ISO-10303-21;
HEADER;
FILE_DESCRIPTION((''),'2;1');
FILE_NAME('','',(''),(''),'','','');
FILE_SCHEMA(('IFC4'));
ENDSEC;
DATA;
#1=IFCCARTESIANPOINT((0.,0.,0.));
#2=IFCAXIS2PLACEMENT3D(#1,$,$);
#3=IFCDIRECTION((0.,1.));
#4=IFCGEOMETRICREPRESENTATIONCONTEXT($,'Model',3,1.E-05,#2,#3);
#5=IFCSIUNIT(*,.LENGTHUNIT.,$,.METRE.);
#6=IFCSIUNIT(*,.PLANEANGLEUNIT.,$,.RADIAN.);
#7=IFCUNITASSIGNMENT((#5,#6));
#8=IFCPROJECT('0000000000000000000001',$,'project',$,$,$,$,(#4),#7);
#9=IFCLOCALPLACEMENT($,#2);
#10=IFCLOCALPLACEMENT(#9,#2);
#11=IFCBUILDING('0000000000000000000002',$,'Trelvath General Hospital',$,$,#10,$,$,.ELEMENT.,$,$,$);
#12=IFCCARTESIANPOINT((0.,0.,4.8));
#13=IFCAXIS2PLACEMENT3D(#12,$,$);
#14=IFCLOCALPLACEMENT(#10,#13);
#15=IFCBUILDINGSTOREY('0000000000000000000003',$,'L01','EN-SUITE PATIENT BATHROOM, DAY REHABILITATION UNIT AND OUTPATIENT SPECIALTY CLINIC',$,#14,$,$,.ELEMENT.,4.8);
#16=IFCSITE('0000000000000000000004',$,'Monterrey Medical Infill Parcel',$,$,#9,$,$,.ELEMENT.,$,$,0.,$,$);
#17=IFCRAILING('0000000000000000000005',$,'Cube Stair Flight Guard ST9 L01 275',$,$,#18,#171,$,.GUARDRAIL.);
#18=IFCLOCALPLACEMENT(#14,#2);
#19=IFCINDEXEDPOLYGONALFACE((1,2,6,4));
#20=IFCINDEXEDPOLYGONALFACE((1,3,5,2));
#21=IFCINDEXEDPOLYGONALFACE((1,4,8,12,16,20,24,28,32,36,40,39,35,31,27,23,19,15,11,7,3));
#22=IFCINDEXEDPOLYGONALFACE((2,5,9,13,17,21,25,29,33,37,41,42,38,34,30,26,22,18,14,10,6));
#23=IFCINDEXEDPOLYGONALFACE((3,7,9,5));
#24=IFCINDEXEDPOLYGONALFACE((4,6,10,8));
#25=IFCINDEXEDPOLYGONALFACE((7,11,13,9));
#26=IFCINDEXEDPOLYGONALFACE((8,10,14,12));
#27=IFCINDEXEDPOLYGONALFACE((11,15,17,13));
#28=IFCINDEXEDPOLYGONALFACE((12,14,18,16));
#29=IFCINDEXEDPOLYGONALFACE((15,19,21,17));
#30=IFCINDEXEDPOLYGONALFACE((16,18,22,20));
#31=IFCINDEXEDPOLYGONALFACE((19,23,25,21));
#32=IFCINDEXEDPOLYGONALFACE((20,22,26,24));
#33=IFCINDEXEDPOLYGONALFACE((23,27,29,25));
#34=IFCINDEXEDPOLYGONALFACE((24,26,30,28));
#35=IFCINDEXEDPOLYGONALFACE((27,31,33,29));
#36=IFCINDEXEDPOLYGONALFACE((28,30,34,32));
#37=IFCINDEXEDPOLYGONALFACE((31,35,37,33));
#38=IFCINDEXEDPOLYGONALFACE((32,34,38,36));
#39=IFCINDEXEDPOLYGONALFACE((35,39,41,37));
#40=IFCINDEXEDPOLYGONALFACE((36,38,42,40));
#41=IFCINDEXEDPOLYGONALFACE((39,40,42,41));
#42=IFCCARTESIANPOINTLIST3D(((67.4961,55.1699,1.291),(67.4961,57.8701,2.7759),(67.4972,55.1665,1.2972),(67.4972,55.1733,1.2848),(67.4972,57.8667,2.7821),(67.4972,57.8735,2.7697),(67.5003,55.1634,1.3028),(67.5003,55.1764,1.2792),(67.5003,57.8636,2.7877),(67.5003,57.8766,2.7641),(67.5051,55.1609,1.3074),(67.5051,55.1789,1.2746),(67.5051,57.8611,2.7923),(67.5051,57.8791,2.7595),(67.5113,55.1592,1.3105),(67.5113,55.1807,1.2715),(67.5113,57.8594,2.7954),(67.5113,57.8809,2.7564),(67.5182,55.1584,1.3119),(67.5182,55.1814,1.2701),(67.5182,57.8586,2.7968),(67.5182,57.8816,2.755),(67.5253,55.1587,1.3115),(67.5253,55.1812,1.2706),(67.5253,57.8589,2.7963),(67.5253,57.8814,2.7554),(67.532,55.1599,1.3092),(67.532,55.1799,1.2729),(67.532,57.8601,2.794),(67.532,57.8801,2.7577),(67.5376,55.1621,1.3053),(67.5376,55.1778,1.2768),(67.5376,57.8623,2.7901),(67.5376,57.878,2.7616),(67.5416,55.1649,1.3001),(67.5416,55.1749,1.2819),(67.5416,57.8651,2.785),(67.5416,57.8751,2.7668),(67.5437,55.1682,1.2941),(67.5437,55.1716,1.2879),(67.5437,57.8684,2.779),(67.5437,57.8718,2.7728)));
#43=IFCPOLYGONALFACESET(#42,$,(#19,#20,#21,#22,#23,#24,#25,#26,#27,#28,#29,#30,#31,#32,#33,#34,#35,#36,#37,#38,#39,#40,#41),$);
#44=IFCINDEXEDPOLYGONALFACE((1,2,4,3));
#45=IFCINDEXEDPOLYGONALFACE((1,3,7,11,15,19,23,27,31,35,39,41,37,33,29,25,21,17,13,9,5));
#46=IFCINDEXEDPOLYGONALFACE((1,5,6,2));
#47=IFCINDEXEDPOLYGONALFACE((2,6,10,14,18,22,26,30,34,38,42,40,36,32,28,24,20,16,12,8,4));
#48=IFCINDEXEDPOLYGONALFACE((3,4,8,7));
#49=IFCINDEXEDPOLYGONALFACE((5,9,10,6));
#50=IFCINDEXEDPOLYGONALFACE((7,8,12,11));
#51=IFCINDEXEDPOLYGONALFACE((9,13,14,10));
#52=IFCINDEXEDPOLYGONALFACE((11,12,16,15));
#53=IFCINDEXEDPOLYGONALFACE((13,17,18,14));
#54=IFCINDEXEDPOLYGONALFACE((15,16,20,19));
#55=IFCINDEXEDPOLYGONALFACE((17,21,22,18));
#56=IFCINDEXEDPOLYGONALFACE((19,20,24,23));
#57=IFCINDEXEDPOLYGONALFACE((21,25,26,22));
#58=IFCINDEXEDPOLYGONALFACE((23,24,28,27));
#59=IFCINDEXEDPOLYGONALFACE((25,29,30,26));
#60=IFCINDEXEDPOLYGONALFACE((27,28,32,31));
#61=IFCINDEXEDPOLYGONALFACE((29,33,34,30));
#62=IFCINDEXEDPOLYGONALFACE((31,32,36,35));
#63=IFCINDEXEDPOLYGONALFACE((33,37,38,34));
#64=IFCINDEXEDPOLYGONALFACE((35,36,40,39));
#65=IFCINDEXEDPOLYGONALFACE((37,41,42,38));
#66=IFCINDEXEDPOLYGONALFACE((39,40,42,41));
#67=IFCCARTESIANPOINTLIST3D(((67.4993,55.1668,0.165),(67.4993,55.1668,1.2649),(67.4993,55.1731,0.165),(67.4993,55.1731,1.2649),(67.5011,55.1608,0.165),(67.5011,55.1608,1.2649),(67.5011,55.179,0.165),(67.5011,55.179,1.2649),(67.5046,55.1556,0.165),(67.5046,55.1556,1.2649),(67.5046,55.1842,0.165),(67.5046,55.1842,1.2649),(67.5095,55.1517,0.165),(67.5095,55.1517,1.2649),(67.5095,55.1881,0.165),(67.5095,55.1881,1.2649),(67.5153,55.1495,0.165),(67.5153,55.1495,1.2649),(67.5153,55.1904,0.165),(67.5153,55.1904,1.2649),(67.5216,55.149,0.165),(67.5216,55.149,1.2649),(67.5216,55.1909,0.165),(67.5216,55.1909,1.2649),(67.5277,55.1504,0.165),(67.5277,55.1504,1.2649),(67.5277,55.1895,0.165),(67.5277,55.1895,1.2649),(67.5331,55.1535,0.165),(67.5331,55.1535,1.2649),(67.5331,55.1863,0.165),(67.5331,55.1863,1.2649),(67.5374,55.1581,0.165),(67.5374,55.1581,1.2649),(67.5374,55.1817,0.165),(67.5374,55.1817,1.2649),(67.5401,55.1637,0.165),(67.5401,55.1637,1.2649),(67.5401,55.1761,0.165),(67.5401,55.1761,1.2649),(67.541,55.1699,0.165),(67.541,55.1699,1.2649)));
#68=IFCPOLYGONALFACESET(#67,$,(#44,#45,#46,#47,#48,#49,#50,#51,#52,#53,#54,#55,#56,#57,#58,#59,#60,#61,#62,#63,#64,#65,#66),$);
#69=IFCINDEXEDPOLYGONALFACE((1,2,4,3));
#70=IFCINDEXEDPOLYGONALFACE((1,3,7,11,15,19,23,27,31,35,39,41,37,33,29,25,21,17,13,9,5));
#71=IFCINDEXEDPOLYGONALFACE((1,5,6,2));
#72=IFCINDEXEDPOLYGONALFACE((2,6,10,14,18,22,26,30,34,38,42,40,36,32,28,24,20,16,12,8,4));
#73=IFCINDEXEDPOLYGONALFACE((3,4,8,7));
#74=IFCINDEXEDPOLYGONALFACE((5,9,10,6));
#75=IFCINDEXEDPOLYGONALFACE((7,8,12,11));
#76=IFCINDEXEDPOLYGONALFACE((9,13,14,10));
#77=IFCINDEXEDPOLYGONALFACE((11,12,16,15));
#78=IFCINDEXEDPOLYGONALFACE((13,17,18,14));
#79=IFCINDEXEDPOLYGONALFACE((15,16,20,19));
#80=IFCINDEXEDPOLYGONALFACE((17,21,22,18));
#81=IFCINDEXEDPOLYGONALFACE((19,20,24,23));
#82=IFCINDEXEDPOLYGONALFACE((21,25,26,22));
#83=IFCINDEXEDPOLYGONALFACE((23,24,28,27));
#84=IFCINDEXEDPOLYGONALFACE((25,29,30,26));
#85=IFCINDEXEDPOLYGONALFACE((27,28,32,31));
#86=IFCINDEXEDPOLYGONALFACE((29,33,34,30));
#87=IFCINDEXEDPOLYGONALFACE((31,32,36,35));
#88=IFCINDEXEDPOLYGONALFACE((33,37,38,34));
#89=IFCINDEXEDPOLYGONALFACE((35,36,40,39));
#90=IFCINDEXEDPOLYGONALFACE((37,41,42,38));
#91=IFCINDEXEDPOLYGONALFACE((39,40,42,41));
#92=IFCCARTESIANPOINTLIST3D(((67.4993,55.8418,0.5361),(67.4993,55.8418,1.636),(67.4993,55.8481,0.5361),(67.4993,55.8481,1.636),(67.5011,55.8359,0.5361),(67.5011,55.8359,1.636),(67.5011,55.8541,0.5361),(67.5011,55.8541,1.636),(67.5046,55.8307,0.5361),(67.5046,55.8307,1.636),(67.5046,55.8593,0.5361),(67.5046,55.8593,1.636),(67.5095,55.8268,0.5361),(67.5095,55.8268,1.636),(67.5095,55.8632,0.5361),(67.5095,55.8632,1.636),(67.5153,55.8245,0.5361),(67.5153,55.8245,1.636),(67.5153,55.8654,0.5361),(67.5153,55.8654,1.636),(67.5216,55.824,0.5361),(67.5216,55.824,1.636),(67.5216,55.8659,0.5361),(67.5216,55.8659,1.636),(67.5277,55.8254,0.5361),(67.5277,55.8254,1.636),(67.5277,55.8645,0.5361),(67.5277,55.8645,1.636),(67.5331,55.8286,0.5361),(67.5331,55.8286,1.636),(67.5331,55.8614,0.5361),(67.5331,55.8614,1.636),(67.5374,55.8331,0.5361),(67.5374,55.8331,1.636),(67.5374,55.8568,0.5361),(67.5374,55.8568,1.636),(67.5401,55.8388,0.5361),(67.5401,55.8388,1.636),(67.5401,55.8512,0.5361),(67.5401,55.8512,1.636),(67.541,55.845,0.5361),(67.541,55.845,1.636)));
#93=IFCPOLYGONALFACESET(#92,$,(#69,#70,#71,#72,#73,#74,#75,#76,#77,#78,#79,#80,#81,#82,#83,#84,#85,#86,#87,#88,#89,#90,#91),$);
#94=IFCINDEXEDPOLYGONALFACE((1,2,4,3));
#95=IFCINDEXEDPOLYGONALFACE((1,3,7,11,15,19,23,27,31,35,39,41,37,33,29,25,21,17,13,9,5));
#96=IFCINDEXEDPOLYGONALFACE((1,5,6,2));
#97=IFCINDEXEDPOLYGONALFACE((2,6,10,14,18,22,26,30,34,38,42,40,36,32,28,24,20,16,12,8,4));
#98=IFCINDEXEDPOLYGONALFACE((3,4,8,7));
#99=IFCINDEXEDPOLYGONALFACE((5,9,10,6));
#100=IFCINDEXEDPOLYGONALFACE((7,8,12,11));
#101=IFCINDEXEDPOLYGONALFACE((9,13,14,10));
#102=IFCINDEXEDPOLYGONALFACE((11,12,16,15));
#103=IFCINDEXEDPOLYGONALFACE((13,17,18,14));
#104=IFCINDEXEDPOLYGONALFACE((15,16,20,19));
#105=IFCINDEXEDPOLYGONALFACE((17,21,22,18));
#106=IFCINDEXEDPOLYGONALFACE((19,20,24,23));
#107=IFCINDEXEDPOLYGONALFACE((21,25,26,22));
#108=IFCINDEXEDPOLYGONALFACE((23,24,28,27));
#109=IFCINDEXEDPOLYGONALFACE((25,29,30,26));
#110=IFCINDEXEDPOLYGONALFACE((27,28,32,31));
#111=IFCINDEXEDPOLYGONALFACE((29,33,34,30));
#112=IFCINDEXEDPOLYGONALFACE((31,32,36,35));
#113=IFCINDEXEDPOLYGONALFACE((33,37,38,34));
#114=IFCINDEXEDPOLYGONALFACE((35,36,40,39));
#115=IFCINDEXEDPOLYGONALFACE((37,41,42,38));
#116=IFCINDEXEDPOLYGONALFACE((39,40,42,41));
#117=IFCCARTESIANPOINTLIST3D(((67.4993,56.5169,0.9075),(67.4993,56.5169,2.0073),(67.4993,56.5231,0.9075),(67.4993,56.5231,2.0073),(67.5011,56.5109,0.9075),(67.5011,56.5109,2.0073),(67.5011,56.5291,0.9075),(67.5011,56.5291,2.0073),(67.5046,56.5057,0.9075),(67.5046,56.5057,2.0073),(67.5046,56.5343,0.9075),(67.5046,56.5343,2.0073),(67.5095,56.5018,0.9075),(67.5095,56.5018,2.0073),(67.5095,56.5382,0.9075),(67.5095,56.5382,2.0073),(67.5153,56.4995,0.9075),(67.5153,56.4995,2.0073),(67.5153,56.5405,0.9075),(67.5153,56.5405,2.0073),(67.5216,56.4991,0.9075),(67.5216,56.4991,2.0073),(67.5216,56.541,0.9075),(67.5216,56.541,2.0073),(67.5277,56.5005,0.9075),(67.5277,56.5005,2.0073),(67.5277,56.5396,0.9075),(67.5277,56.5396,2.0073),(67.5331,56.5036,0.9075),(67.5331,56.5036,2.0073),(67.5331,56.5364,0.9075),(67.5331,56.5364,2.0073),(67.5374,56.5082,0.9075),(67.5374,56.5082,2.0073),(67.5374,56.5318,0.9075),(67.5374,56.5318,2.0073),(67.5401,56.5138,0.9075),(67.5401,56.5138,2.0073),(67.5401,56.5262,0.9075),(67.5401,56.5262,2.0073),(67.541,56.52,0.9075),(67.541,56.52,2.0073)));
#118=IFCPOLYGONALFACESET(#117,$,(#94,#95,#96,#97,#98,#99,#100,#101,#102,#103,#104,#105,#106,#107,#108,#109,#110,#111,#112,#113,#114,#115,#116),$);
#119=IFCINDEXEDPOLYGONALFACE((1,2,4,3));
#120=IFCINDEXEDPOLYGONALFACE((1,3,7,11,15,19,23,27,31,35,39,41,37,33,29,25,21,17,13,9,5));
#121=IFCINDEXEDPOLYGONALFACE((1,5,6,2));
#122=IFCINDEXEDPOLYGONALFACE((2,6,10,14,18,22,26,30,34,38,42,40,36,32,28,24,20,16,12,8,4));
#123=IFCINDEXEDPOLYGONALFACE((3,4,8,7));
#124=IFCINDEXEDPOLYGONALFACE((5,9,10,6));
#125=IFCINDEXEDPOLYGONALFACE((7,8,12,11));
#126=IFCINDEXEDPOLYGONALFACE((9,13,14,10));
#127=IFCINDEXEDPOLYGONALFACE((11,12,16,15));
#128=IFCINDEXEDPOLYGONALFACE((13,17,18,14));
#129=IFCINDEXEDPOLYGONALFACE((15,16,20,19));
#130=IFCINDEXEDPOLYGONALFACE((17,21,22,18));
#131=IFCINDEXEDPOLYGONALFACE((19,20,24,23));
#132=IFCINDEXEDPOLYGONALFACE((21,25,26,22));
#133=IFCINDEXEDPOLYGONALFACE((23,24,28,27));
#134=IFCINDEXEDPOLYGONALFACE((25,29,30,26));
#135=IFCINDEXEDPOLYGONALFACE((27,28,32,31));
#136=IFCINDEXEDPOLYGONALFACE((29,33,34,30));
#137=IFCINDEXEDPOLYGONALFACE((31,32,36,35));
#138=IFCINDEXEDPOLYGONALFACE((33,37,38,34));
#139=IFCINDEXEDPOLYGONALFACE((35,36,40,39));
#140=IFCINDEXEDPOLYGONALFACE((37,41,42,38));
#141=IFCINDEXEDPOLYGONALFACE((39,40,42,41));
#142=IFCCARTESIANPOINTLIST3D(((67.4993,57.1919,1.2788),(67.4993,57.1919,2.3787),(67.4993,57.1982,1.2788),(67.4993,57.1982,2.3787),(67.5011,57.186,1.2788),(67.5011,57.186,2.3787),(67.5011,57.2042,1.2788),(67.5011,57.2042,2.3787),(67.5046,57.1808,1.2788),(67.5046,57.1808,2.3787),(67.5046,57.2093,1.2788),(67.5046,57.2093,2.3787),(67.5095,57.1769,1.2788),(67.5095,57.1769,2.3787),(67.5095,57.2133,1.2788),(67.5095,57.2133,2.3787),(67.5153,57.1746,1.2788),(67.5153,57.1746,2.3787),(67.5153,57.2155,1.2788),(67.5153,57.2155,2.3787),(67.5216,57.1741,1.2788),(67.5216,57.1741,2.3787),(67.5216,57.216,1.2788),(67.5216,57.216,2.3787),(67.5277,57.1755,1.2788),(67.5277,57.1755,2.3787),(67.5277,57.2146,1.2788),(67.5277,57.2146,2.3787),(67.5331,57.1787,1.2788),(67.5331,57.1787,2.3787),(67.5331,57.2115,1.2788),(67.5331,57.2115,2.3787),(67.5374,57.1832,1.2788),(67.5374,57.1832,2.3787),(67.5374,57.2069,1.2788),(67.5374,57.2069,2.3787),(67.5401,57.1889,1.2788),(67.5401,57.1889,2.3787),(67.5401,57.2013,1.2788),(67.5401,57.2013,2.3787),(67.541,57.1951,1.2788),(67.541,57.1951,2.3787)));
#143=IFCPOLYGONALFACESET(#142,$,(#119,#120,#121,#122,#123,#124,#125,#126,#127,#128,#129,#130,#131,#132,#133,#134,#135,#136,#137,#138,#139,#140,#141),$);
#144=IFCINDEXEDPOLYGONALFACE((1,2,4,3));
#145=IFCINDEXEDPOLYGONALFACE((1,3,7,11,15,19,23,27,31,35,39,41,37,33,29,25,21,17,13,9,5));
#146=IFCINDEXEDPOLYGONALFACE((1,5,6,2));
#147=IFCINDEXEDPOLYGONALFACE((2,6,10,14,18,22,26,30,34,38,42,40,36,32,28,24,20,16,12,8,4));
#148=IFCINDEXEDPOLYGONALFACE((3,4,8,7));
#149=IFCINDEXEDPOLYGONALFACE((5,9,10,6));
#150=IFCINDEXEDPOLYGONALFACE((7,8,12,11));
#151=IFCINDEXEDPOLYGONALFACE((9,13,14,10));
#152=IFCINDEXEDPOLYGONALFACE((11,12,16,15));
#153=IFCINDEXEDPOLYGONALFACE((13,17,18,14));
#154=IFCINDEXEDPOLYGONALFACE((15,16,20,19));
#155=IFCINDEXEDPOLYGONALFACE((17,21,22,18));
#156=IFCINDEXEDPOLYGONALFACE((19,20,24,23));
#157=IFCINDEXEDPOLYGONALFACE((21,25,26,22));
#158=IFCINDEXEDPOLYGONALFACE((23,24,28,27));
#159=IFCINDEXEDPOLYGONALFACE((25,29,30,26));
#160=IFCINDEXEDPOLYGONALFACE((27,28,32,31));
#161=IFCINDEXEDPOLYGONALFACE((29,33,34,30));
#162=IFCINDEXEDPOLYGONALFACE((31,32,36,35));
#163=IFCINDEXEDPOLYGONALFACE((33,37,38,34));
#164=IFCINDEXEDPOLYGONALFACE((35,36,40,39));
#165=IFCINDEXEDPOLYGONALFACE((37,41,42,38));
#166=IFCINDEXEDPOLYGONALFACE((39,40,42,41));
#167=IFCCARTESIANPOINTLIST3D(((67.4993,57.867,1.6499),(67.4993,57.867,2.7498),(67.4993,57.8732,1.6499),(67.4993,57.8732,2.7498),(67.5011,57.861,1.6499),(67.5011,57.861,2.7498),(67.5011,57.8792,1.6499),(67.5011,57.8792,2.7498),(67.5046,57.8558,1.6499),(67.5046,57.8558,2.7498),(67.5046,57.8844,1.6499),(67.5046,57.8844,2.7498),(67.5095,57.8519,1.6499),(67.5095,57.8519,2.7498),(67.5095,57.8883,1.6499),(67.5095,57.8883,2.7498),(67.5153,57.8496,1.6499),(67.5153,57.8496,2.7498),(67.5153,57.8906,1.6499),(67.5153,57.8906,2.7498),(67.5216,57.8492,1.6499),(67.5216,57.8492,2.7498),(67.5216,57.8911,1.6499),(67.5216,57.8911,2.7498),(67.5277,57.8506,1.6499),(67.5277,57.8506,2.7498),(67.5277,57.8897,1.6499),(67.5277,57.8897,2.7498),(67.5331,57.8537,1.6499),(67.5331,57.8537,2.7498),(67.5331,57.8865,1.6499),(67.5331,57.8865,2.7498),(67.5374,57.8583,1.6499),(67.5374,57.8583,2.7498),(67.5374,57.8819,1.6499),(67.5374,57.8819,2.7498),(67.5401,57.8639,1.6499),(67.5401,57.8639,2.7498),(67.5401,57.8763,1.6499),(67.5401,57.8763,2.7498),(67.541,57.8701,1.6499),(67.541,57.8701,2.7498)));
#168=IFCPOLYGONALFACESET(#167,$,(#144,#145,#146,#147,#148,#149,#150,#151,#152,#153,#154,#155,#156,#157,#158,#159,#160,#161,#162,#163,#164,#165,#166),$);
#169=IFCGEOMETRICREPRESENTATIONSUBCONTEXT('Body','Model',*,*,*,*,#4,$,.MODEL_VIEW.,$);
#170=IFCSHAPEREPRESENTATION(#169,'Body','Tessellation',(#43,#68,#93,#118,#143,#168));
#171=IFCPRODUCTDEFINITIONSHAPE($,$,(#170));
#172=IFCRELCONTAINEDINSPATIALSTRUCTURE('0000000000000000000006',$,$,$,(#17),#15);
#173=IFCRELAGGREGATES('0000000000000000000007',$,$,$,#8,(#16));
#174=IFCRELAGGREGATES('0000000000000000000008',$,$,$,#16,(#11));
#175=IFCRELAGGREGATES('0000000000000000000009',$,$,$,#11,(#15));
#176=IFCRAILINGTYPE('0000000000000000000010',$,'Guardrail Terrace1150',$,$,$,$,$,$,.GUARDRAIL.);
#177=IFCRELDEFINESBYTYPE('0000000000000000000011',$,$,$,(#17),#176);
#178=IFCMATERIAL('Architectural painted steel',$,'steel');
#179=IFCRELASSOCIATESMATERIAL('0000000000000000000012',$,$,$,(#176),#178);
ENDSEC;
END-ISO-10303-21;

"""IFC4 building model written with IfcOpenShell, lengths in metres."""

from ifc_helpers import new_model, si_unit, direction, frame, origin, origin_2d, place, context, subcontext, project, spatial, circle, extrude, material, type_object, element, save


model = new_model("IFC4")

# Units and contexts
model_context = context("Model", 3, precision=1e-05, world=origin(), true_north=direction((0.0, 1.0)))
body_context = subcontext(model_context, "Body", "Model", "MODEL_VIEW")
ifc_project = project(units=[si_unit("LENGTHUNIT", "METRE"), si_unit("PLANEANGLEUNIT", "RADIAN")], contexts=[model_context])

# Site, building, storey
site_placement = place(None, origin())
site = spatial("IfcSite", under=ifc_project, at=site_placement, Name="Monterrey Medical Infill Parcel", CompositionType="ELEMENT", RefElevation=0.0)
building_placement = place(site_placement, origin())
building = spatial("IfcBuilding", under=site, at=building_placement, Name="Trelvath General Hospital", CompositionType="ELEMENT")
storey_placement = place(building_placement, frame((0.0, 0.0, 4.8)))
storey = spatial("IfcBuildingStorey", under=building, at=storey_placement, Name="L01", Description="EN-SUITE PATIENT BATHROOM, DAY REHABILITATION UNIT AND OUTPATIENT SPECIALTY CLINIC", CompositionType="ELEMENT", Elevation=4.8)

# Railing
ifc_material_1 = material(Name="Architectural painted steel", Category="steel")
railing_type = type_object("IfcRailingType", Name="Guardrail Terrace1150", PredefinedType="GUARDRAIL", material=ifc_material_1)
for number, where, name in (
    (1, (67.52, 55.1699, 0.165), "Cube Stair Flight Guard ST9 L01 275"),
):
    element("IfcRailing", number, at=place(storey_placement, frame(where)), inside=storey, type_object=railing_type, Name=name, PredefinedType="GUARDRAIL", context=body_context, shape_type="SweptSolid", body=[
        extrude(circle(Radius=0.0239, at=origin_2d()), frame((0.0, 0.0, 1.126), z_axis=(0.0, 0.876249, 0.481858), x_axis=(-1.0, 0.0, 0.0)), (0.0, 0.0, 1.0), 3.0815),
        extrude(circle(Radius=0.021, at=origin_2d()), origin(), (0.0, 0.0, 1.0), 1.0999),
        extrude(circle(Radius=0.021, at=origin_2d()), frame((0.0, 0.675, 0.3711)), (0.0, 0.0, 1.0), 1.0999),
        extrude(circle(Radius=0.021, at=origin_2d()), frame((0.0, 1.3501, 0.7424)), (0.0, 0.0, 1.0), 1.0999),
        extrude(circle(Radius=0.021, at=origin_2d()), frame((0.0, 2.0251, 1.1138)), (0.0, 0.0, 1.0), 1.0999),
        extrude(circle(Radius=0.021, at=origin_2d()), frame((0.0, 2.7002, 1.4849)), (0.0, 0.0, 1.0), 1.0999),
    ])

save(model, "model.ifc")
